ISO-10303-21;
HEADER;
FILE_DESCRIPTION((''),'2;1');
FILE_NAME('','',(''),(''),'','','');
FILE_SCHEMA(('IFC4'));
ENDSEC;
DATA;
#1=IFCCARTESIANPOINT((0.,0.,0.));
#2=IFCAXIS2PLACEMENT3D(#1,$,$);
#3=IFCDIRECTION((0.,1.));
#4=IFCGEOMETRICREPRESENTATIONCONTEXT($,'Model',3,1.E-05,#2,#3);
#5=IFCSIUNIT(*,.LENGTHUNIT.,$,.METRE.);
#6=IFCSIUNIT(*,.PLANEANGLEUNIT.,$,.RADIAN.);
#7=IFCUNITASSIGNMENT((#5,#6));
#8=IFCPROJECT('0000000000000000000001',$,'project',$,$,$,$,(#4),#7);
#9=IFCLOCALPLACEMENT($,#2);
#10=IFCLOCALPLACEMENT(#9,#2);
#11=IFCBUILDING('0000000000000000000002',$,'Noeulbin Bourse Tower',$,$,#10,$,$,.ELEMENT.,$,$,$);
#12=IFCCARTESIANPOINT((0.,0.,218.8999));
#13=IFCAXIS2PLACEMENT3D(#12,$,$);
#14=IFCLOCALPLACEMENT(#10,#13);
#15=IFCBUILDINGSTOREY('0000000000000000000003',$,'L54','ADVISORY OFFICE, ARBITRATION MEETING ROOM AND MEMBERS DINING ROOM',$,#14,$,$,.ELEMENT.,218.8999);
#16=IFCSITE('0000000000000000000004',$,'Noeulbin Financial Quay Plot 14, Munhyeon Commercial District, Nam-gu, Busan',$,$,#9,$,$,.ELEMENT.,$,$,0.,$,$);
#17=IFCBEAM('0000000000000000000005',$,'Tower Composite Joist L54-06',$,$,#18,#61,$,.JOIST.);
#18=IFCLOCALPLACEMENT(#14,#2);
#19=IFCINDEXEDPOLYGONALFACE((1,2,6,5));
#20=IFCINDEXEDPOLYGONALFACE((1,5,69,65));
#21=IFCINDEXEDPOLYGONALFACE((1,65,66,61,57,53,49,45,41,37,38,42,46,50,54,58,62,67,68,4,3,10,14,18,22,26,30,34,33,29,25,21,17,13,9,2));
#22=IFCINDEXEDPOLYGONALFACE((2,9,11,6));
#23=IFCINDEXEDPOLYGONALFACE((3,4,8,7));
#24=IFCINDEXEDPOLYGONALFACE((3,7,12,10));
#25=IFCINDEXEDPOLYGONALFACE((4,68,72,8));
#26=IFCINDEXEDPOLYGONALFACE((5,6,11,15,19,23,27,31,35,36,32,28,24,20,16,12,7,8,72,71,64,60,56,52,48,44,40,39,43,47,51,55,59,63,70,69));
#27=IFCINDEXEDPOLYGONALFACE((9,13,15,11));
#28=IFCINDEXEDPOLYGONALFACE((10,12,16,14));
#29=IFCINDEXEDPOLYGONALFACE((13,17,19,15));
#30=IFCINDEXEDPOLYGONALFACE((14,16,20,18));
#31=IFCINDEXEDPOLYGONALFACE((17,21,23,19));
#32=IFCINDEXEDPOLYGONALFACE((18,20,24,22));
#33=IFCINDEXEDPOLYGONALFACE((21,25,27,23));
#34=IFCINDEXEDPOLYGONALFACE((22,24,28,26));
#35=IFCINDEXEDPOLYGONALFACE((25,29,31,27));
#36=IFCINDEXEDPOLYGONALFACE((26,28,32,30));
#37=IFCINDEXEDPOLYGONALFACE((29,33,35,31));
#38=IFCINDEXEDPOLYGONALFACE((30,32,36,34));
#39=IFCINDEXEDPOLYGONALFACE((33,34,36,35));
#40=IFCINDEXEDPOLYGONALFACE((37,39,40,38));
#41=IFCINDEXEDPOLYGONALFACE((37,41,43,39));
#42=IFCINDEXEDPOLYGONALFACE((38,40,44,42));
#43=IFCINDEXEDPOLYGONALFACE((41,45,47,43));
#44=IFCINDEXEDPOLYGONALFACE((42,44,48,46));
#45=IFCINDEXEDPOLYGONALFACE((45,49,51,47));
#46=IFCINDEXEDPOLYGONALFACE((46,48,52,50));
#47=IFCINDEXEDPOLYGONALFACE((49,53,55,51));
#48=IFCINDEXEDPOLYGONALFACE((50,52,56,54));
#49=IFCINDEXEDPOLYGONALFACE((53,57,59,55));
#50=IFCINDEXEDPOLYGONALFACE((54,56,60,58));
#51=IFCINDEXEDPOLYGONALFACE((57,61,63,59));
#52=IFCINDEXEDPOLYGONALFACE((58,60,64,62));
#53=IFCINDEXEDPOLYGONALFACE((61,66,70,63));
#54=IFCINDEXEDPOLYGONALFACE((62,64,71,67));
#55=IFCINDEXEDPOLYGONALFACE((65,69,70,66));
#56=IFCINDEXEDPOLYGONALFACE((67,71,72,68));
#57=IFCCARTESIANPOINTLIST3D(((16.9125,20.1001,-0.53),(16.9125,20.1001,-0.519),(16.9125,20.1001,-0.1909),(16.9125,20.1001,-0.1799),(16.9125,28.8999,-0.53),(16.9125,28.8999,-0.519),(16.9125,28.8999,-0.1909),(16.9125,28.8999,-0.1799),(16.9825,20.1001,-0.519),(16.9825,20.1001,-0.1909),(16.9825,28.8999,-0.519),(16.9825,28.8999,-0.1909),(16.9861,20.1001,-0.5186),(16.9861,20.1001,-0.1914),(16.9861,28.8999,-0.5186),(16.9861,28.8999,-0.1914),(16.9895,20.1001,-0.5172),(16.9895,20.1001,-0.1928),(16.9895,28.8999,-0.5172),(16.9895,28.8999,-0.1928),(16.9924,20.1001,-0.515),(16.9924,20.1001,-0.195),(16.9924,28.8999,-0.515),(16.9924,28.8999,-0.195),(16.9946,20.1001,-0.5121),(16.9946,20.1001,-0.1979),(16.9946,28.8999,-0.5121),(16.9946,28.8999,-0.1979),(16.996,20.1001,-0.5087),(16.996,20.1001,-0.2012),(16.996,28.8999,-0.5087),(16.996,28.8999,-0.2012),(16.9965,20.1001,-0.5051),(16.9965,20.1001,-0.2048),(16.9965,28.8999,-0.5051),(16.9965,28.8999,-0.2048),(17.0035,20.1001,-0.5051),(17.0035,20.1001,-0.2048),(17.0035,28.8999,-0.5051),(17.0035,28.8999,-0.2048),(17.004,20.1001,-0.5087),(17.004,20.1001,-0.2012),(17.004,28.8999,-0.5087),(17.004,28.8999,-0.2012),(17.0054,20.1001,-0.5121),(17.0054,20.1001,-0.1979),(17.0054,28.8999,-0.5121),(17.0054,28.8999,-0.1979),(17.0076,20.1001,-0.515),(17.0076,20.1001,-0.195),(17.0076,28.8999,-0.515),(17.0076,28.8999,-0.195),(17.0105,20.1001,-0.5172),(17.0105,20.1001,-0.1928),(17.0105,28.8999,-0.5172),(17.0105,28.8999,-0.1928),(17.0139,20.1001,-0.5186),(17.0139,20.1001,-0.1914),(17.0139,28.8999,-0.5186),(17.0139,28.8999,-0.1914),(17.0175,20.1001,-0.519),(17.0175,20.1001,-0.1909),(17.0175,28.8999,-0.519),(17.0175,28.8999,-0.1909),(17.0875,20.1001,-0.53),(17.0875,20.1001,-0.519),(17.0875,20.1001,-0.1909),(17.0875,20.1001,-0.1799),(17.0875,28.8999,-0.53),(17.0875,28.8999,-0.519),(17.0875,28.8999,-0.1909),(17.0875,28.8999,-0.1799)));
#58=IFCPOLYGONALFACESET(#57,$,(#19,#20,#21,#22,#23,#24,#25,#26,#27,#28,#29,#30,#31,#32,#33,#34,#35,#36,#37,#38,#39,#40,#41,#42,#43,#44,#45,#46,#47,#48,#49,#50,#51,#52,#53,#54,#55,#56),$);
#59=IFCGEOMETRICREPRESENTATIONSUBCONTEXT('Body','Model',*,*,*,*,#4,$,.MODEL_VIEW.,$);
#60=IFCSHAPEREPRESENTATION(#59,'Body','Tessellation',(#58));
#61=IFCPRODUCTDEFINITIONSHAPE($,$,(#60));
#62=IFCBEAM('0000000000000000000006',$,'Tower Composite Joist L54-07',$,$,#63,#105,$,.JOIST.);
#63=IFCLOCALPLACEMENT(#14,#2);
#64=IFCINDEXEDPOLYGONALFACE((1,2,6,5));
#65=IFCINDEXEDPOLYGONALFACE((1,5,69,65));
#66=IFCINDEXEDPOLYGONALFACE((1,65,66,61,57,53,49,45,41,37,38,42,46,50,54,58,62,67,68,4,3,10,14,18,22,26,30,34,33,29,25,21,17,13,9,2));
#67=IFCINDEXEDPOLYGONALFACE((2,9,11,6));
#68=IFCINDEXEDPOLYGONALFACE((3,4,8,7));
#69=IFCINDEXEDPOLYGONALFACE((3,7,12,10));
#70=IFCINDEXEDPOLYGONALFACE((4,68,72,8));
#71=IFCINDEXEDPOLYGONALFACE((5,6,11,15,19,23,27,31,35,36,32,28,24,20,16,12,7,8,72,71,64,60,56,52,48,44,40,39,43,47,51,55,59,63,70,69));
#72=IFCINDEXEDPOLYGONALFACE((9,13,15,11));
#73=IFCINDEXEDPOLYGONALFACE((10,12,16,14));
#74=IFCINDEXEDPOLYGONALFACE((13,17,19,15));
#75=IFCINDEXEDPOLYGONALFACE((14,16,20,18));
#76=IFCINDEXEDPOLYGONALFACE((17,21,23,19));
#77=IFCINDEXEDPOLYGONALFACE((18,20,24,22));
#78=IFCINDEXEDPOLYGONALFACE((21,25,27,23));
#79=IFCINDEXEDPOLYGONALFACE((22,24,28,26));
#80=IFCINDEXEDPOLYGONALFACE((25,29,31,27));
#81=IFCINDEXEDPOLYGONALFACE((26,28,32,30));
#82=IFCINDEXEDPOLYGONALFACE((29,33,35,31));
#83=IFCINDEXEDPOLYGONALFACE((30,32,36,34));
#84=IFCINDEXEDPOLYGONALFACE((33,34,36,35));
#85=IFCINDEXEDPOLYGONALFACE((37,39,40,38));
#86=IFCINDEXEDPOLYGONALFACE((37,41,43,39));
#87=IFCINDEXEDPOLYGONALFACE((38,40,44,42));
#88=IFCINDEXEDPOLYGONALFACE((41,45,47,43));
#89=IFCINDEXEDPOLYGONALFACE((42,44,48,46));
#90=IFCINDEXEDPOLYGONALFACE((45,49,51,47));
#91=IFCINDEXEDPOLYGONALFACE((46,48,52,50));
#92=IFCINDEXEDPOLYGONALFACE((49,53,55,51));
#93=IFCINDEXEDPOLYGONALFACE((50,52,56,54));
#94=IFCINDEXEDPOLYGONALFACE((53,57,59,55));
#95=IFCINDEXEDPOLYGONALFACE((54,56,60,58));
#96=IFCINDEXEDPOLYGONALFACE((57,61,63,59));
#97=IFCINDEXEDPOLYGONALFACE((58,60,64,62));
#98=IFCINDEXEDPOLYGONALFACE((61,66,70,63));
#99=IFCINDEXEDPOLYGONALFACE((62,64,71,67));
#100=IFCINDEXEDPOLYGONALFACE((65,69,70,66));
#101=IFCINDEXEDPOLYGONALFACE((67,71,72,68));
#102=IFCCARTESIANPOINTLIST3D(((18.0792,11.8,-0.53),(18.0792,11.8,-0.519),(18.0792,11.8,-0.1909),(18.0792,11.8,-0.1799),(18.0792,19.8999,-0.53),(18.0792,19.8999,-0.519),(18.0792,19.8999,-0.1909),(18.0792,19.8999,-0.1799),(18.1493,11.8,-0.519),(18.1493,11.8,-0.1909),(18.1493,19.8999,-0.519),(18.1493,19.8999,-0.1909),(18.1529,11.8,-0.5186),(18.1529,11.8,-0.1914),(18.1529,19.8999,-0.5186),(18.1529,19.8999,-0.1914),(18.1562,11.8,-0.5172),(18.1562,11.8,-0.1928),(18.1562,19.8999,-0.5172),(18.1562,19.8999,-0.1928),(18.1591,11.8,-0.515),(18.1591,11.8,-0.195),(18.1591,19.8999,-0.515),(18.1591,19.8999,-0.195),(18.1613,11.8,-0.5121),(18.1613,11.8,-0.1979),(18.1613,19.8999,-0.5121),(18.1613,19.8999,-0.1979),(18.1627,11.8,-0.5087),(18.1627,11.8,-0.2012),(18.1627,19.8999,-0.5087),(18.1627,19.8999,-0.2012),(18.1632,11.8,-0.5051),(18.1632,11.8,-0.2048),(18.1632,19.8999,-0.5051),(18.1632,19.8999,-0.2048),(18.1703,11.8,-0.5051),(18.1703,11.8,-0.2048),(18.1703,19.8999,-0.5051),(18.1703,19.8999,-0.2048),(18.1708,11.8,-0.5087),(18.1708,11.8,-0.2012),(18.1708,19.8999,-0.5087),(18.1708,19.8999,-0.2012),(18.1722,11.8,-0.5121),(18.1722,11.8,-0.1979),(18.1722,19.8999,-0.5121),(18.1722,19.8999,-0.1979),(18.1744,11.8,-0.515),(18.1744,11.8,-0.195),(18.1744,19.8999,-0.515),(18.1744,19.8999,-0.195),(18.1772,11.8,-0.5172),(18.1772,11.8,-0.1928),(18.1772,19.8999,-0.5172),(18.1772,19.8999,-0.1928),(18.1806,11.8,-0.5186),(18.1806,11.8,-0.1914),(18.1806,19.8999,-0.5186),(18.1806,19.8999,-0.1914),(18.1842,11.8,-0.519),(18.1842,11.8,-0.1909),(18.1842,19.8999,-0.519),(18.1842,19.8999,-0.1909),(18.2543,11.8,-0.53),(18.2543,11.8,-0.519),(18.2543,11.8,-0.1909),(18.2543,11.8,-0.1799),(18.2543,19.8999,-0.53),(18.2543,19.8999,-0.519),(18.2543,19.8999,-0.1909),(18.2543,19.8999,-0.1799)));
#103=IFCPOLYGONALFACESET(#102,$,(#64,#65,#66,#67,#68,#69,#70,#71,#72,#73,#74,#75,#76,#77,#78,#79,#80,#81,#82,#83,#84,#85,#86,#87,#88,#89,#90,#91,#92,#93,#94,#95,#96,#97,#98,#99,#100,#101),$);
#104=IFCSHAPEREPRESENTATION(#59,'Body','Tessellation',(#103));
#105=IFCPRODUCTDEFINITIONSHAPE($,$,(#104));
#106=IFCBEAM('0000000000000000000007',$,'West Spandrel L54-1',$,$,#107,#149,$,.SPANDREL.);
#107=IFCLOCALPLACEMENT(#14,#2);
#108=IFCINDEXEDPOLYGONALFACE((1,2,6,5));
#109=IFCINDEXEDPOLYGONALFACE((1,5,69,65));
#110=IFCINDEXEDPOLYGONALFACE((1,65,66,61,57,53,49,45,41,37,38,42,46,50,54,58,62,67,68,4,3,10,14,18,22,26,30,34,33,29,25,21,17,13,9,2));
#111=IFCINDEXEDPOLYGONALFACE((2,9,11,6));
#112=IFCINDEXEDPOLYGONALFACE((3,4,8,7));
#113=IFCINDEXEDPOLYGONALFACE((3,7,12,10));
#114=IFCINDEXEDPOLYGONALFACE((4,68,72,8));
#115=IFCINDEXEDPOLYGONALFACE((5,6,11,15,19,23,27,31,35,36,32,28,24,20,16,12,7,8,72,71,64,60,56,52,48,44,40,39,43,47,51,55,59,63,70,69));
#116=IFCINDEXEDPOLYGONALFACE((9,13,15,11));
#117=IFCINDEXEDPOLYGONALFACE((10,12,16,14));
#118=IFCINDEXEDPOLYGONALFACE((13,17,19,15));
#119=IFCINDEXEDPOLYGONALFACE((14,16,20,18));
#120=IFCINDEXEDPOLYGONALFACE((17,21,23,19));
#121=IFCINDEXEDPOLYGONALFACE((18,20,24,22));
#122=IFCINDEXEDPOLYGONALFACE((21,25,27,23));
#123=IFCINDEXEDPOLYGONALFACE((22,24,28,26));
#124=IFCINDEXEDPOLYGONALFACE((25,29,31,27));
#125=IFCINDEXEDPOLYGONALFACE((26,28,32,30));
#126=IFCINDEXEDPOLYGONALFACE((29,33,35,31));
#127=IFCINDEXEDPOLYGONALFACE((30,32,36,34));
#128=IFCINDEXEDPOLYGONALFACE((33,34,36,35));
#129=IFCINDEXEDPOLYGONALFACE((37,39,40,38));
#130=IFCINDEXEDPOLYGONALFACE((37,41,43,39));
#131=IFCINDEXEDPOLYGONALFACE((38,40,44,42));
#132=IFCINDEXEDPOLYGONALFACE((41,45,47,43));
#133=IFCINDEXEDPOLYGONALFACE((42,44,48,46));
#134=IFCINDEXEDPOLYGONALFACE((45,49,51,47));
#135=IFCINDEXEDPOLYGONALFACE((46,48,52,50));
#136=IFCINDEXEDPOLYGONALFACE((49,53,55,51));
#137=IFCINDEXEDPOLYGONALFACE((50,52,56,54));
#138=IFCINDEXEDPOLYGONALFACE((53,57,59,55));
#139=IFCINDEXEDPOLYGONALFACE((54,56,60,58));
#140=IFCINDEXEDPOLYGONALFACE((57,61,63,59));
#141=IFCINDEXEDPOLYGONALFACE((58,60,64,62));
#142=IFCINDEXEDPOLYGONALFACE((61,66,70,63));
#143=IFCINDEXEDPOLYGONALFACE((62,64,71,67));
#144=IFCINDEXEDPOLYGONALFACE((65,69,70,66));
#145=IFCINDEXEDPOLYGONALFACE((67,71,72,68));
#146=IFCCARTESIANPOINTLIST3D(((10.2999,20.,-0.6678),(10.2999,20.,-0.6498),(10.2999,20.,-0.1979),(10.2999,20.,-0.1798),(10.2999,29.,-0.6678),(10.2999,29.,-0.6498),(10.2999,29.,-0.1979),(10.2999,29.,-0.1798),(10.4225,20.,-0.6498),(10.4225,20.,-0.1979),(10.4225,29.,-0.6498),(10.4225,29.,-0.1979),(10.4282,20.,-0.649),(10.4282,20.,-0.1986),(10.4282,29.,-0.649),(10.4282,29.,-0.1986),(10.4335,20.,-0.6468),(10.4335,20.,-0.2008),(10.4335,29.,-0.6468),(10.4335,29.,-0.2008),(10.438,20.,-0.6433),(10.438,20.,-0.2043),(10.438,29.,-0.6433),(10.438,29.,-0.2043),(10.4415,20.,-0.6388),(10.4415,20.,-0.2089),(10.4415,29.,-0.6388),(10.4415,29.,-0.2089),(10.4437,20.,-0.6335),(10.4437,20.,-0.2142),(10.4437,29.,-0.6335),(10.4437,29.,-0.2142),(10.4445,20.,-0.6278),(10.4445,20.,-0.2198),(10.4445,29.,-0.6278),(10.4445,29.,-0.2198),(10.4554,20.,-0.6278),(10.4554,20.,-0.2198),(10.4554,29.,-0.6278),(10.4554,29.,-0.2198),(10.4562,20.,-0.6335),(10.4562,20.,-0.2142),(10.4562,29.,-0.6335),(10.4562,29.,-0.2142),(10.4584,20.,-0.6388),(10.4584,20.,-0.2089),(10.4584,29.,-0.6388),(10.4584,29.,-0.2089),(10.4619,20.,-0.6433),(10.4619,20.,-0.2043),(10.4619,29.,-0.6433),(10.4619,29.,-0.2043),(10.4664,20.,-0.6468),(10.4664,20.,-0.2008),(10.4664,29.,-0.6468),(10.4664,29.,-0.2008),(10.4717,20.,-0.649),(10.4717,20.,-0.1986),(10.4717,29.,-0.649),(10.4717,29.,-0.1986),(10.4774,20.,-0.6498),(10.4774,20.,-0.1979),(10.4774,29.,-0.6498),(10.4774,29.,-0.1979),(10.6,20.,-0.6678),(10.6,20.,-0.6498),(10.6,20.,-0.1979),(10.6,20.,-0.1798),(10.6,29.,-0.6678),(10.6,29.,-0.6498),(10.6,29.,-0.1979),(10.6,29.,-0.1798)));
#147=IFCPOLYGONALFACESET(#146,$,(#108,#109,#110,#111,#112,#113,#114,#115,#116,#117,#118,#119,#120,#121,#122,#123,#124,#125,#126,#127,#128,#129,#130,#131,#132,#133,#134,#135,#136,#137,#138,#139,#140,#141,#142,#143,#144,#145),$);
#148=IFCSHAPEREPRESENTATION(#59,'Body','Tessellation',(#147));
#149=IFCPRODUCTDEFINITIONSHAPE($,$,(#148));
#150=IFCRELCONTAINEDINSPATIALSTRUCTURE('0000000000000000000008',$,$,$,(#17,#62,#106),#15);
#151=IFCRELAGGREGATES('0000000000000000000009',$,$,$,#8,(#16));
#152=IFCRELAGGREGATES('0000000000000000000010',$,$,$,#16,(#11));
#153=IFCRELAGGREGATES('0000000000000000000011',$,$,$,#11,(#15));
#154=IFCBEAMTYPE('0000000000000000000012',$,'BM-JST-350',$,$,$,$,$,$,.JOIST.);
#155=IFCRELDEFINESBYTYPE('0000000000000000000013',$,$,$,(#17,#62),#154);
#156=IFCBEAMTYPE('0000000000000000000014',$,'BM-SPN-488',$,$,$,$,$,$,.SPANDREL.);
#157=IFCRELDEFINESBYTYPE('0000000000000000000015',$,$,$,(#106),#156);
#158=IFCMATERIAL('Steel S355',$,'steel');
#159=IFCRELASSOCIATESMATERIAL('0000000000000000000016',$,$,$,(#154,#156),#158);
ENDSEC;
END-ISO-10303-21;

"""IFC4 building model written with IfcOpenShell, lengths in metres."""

from ifc_helpers import new_model, si_unit, direction, frame, origin, origin_2d, place, context, subcontext, project, spatial, i_section, extrude, material, material_profile, profile_set, type_object, element, save


model = new_model("IFC4")

# Units and contexts
model_context = context("Model", 3, precision=1e-05, world=origin(), true_north=direction((0.0, 1.0)))
body_context = subcontext(model_context, "Body", "Model", "MODEL_VIEW")
ifc_project = project(units=[si_unit("LENGTHUNIT", "METRE"), si_unit("PLANEANGLEUNIT", "RADIAN")], contexts=[model_context])

# Site, building, storey
site_placement = place(None, origin())
site = spatial("IfcSite", under=ifc_project, at=site_placement, Name="Noeulbin Financial Quay Plot 14, Munhyeon Commercial District, Nam-gu, Busan", CompositionType="ELEMENT", RefElevation=0.0)
building_placement = place(site_placement, origin())
building = spatial("IfcBuilding", under=site, at=building_placement, Name="Noeulbin Bourse Tower", CompositionType="ELEMENT")
storey_placement = place(building_placement, frame((0.0, 0.0, 218.8999)))
storey = spatial("IfcBuildingStorey", under=building, at=storey_placement, Name="L54", Description="ADVISORY OFFICE, ARBITRATION MEETING ROOM AND MEMBERS DINING ROOM", CompositionType="ELEMENT", Elevation=218.8999)

# Shared definitions
ifc_material_1 = material(Name="Steel S355", Category="steel")

# Beams
ifc_material_profile_1 = material_profile(ifc_material_1, i_section(OverallWidth=0.175, OverallDepth=0.3501, WebThickness=0.0071, FlangeThickness=0.011, FilletRadius=0.0139, at=origin_2d()), Name="H-350x175x7x11", Category="LoadBearing")
ifc_profile_set_1 = profile_set([ifc_material_profile_1], Name="Steel S355")
beam_type_1 = type_object("IfcBeamType", Name="BM-JST-350", PredefinedType="JOIST", material=ifc_profile_set_1)
for number, where, z_axis, x_axis, name in (
    (1, (17.0, 20.1001, -0.355), (0.0, 1.0, 0.0), (-1.0, 0.0, 0.0), "Tower Composite Joist L54-06"),
):
    element("IfcBeam", number, at=place(storey_placement, frame(where, z_axis=z_axis, x_axis=x_axis)), inside=storey, type_object=beam_type_1, Name=name, PredefinedType="JOIST", context=body_context, shape_type="SweptSolid", body=[
        extrude(i_section(OverallWidth=0.175, OverallDepth=0.3501, WebThickness=0.0071, FlangeThickness=0.011, FilletRadius=0.0139, at=origin_2d()), origin(), (0.0, 0.0, 1.0), 8.7998),
    ])
beam_1_placement = place(storey_placement, frame((18.1667, 11.8, -0.355), z_axis=(0.0, 1.0, 0.0), x_axis=(-1.0, 0.0, 0.0)))
element("IfcBeam", 2, at=beam_1_placement, inside=storey, type_object=beam_type_1, Name="Tower Composite Joist L54-07", PredefinedType="JOIST", context=body_context, shape_type="SweptSolid", body=[
    extrude(i_section(OverallWidth=0.175, OverallDepth=0.3501, WebThickness=0.0071, FlangeThickness=0.011, FilletRadius=0.0139, at=origin_2d()), origin(), (0.0, 0.0, 1.0), 8.0999),
])
ifc_material_profile_2 = material_profile(ifc_material_1, i_section(OverallWidth=0.3, OverallDepth=0.488, WebThickness=0.011, FlangeThickness=0.0181, FilletRadius=0.022, at=origin_2d()), Name="H-488x300x11x18", Category="LoadBearing")
ifc_profile_set_2 = profile_set([ifc_material_profile_2], Name="Steel S355")
beam_type_2 = type_object("IfcBeamType", Name="BM-SPN-488", PredefinedType="SPANDREL", material=ifc_profile_set_2)
beam_2_placement = place(storey_placement, frame((10.45, 20.0, -0.4238), z_axis=(0.0, 1.0, 0.0), x_axis=(-1.0, 0.0, 0.0)))
element("IfcBeam", 3, at=beam_2_placement, inside=storey, type_object=beam_type_2, Name="West Spandrel L54-1", PredefinedType="SPANDREL", context=body_context, shape_type="SweptSolid", body=[
    extrude(i_section(OverallWidth=0.3, OverallDepth=0.488, WebThickness=0.011, FlangeThickness=0.0181, FilletRadius=0.022, at=origin_2d()), origin(), (0.0, 0.0, 1.0), 9.0),
])

save(model, "model.ifc")
